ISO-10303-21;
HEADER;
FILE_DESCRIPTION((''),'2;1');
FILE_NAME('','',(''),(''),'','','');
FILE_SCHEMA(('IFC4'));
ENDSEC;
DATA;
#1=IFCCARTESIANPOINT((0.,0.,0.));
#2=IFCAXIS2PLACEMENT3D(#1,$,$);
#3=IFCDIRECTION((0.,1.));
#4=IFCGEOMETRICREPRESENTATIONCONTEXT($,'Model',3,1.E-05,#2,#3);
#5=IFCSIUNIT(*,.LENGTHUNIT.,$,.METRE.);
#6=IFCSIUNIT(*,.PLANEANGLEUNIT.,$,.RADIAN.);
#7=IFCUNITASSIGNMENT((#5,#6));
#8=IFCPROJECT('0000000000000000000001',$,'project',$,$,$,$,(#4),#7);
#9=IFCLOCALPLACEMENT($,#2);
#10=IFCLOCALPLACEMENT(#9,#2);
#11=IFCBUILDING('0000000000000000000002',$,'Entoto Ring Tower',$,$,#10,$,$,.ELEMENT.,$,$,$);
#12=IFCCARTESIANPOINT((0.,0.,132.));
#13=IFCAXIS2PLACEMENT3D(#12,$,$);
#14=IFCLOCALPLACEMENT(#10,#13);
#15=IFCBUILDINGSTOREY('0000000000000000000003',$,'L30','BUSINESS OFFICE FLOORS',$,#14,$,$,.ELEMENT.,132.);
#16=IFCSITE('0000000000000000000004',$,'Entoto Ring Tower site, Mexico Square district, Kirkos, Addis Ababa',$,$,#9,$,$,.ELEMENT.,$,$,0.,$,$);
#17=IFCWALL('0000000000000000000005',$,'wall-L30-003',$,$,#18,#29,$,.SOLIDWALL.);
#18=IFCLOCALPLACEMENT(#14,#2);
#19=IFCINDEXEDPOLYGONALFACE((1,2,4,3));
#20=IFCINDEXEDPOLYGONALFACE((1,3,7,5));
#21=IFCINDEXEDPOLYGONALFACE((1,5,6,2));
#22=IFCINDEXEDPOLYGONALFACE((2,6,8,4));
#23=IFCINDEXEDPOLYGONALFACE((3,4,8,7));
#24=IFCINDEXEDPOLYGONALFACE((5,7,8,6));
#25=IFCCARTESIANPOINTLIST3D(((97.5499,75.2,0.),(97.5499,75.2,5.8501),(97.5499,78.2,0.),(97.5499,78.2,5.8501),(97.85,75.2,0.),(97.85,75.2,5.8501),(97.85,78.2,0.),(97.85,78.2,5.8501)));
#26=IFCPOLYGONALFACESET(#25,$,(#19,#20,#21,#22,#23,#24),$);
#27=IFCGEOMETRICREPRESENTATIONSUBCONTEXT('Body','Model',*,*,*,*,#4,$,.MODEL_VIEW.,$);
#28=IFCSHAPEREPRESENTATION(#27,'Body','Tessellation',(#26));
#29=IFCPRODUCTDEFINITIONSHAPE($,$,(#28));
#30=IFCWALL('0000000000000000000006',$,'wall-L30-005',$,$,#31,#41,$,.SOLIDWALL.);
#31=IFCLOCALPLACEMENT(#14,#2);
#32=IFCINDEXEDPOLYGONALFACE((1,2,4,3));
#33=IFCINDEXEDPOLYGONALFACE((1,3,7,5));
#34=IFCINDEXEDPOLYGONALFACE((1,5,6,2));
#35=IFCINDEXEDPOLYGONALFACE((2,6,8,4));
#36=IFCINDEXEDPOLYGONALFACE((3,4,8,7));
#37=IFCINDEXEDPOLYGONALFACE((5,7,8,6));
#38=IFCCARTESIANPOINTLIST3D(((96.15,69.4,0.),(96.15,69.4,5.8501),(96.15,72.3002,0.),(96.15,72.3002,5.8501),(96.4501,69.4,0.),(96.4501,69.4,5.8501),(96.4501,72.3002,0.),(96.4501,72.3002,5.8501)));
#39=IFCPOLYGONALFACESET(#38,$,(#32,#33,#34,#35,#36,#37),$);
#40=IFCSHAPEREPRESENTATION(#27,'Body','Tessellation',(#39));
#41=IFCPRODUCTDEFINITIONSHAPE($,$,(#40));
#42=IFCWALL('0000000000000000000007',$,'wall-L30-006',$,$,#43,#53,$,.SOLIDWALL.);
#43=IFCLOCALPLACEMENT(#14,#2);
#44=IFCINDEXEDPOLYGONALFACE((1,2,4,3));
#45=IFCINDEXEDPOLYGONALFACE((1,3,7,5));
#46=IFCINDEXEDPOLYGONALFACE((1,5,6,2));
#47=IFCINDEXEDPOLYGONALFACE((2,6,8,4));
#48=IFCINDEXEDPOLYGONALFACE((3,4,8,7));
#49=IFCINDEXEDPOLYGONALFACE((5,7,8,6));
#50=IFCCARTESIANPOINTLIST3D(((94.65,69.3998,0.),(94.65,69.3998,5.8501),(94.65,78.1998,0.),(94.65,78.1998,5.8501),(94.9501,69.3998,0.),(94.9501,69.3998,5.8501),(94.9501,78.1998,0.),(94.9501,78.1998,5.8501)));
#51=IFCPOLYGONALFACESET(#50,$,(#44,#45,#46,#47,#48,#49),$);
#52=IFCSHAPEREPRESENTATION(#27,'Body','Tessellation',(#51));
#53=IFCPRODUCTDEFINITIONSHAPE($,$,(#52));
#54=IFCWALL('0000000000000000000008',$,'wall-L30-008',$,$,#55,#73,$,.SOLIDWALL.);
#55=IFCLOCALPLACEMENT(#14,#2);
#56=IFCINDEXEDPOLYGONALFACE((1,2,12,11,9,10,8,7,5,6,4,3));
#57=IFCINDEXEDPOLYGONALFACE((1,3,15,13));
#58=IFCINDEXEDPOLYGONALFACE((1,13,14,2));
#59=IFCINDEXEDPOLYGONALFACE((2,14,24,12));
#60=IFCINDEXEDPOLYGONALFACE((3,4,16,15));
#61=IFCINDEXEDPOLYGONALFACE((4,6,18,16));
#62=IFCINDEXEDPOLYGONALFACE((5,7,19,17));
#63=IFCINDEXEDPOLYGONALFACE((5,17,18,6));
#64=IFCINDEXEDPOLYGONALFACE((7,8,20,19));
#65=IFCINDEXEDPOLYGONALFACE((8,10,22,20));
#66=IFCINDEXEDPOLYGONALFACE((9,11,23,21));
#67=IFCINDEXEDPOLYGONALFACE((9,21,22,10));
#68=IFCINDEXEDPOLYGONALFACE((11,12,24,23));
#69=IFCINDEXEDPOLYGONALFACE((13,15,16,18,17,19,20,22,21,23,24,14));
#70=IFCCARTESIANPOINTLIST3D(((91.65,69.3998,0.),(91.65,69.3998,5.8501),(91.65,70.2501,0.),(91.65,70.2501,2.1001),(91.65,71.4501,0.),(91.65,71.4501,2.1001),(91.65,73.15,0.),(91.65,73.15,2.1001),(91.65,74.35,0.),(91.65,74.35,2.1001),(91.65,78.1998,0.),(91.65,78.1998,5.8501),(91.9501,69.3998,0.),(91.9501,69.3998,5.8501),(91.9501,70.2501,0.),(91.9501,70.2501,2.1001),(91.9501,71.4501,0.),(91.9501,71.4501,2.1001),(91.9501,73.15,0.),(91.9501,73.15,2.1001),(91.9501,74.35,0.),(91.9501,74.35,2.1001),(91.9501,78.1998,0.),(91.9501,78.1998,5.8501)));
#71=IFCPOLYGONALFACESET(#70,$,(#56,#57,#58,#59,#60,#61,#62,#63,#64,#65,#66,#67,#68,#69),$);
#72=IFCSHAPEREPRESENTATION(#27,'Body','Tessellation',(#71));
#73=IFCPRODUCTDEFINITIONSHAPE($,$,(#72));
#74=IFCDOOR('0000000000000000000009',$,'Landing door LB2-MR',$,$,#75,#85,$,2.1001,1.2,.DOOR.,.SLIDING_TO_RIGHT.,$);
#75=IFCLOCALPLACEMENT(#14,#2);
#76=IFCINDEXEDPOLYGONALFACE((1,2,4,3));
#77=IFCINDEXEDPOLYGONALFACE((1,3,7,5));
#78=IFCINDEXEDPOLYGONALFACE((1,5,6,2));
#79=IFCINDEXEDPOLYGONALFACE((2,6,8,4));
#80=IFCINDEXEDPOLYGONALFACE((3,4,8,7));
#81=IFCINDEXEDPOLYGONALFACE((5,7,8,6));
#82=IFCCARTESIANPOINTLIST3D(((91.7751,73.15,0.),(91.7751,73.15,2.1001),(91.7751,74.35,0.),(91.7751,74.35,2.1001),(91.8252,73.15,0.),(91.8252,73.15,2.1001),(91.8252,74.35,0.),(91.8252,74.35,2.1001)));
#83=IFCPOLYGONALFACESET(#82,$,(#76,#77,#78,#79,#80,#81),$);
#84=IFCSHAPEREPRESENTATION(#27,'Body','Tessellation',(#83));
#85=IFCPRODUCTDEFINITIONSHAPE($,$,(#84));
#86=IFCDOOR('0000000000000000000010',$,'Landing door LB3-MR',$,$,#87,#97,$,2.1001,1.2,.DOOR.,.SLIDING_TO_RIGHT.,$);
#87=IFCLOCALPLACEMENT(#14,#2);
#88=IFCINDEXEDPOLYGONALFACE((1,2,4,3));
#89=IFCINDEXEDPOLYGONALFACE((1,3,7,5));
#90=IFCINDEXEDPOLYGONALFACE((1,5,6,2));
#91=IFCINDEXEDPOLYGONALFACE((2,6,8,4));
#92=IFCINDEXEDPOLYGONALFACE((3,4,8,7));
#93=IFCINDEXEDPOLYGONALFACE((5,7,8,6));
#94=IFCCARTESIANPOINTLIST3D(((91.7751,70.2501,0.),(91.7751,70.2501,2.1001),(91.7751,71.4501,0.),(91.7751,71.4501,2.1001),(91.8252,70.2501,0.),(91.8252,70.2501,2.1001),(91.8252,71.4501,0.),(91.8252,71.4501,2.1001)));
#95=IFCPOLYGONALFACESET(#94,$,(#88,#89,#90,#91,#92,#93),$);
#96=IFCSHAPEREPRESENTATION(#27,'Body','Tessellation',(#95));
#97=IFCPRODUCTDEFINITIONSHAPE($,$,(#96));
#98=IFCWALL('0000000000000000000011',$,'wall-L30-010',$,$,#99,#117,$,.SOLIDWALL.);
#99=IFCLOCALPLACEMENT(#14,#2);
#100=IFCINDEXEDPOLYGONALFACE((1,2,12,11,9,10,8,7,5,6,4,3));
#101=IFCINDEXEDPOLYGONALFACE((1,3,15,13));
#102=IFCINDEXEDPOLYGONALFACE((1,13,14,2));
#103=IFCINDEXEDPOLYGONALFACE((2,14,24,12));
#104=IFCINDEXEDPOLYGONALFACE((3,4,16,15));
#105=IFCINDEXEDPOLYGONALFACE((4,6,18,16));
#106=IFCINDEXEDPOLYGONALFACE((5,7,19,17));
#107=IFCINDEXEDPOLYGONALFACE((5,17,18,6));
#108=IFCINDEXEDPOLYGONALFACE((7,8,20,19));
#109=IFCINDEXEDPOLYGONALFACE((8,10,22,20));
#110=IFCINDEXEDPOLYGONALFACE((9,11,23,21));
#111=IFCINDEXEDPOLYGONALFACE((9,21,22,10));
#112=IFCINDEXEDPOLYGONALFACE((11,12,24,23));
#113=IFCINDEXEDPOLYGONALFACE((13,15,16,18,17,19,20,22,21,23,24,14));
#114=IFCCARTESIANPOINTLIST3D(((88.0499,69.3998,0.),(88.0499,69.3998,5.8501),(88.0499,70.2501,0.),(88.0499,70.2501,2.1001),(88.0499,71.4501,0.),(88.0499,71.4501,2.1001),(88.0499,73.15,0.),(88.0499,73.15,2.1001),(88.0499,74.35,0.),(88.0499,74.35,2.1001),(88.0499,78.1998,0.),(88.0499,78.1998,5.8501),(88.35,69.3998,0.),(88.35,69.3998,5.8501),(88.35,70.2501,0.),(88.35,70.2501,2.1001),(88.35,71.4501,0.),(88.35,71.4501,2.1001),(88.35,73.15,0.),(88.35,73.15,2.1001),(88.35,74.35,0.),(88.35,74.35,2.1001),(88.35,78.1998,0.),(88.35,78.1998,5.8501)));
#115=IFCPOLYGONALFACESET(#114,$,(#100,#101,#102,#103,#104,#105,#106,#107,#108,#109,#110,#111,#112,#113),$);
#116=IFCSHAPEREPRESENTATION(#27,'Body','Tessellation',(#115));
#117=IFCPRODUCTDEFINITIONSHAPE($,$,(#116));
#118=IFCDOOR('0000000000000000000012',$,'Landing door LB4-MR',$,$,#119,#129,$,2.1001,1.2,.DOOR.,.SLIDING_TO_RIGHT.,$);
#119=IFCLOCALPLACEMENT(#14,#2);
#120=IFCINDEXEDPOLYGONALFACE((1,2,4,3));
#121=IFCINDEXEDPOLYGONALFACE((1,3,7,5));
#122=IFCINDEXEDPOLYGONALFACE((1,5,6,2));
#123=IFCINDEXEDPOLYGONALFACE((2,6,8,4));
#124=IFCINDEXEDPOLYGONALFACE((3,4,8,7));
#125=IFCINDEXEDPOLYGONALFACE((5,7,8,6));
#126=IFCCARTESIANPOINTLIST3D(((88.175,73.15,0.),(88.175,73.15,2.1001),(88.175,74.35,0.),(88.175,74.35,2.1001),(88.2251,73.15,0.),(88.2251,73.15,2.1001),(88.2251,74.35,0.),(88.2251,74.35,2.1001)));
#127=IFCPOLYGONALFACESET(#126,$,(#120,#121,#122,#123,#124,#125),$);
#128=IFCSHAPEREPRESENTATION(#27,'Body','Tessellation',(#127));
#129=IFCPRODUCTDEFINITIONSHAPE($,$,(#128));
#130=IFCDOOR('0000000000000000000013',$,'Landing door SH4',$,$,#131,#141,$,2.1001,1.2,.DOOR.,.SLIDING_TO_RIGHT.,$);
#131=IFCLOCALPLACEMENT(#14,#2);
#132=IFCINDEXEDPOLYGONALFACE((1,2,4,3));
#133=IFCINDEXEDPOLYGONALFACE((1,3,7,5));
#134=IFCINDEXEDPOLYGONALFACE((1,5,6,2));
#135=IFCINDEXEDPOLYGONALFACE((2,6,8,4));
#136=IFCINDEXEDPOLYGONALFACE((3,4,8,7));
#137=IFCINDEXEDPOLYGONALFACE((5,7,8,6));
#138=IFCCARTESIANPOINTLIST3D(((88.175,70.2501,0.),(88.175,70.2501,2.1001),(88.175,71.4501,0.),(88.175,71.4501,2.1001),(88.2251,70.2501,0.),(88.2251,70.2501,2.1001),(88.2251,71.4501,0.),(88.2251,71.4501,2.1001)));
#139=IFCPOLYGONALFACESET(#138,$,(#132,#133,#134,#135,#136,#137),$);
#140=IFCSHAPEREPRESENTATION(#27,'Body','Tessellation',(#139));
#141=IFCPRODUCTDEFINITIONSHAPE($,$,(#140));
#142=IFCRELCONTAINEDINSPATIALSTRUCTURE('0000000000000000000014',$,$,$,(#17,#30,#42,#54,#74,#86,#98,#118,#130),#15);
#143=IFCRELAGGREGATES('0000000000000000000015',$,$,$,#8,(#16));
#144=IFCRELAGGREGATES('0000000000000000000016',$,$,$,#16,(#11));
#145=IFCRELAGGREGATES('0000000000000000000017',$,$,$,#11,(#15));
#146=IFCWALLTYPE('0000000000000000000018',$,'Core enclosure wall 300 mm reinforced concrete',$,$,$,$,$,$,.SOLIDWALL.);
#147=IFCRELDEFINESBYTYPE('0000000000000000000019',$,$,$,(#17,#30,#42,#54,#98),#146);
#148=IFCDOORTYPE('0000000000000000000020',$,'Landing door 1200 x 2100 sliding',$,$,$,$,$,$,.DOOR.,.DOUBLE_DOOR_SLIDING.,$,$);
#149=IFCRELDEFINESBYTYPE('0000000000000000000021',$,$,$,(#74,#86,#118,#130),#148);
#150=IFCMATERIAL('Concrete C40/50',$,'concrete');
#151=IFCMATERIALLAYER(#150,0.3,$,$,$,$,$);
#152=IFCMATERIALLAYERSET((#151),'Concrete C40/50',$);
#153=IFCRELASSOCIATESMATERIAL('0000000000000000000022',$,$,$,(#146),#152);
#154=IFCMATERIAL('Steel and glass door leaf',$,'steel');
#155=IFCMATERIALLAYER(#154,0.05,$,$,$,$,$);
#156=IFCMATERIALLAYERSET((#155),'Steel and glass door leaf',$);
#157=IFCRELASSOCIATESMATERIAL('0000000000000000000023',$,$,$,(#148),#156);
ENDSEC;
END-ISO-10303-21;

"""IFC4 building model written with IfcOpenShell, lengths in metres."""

from ifc_helpers import new_model, si_unit, direction, frame, frame_2d, origin, place, context, subcontext, project, spatial, rectangle, extrude, material, layer, layer_set, type_object, element, fill, save


model = new_model("IFC4")

# Units and contexts
model_context = context("Model", 3, precision=1e-05, world=origin(), true_north=direction((0.0, 1.0)))
body_context = subcontext(model_context, "Body", "Model", "MODEL_VIEW")
ifc_project = project(units=[si_unit("LENGTHUNIT", "METRE"), si_unit("PLANEANGLEUNIT", "RADIAN")], contexts=[model_context])

# Site, building, storey
site_placement = place(None, origin())
site = spatial("IfcSite", under=ifc_project, at=site_placement, Name="Entoto Ring Tower site, Mexico Square district, Kirkos, Addis Ababa", CompositionType="ELEMENT", RefElevation=0.0)
building_placement = place(site_placement, origin())
building = spatial("IfcBuilding", under=site, at=building_placement, Name="Entoto Ring Tower", CompositionType="ELEMENT")
storey_placement = place(building_placement, frame((0.0, 0.0, 132.0)))
storey = spatial("IfcBuildingStorey", under=building, at=storey_placement, Name="L30", Description="BUSINESS OFFICE FLOORS", CompositionType="ELEMENT", Elevation=132.0)

# Walls
ifc_material_1 = material(Name="Concrete C40/50", Category="concrete")
ifc_layer_1 = layer(ifc_material_1, 0.3)
ifc_layer_set_1 = layer_set([ifc_layer_1], Name="Concrete C40/50")
wall_type = type_object("IfcWallType", Name="Core enclosure wall 300 mm reinforced concrete", PredefinedType="SOLIDWALL", material=ifc_layer_set_1)
wall_1_placement = place(storey_placement, frame((97.7, 75.2, 0.0), z_axis=(0.0, 0.0, 1.0), x_axis=(0.0, 1.0, 0.0)))
element("IfcWall", 1, at=wall_1_placement, inside=storey, type_object=wall_type, Name="wall-L30-003", PredefinedType="SOLIDWALL", context=body_context, shape_type="SweptSolid", body=[
    extrude(rectangle(XDim=3.0, YDim=0.3, at=frame_2d((1.5, 0.0))), origin(), (0.0, 0.0, 1.0), 5.8501),
])
wall_2_placement = place(storey_placement, frame((96.3, 69.3999, 0.0), z_axis=(0.0, 0.0, 1.0), x_axis=(0.0, 1.0, 0.0)))
element("IfcWall", 2, at=wall_2_placement, inside=storey, type_object=wall_type, Name="wall-L30-005", PredefinedType="SOLIDWALL", context=body_context, shape_type="SweptSolid", body=[
    extrude(rectangle(XDim=2.9001, YDim=0.3, at=frame_2d((1.4502, 0.0))), origin(), (0.0, 0.0, 1.0), 5.8501),
])
wall_3_placement = place(storey_placement, frame((94.8, 69.3999, 0.0), z_axis=(0.0, 0.0, 1.0), x_axis=(0.0, 1.0, 0.0)))
element("IfcWall", 3, at=wall_3_placement, inside=storey, type_object=wall_type, Name="wall-L30-006", PredefinedType="SOLIDWALL", context=body_context, shape_type="SweptSolid", body=[
    extrude(rectangle(XDim=8.8, YDim=0.3, at=frame_2d((4.3999, 0.0))), origin(), (0.0, 0.0, 1.0), 5.8501),
])

# Walls, openings, doors
wall_4_placement = place(storey_placement, frame((91.8, 69.3999, 0.0), z_axis=(0.0, 0.0, 1.0), x_axis=(0.0, 1.0, 0.0)))
wall_4 = element("IfcWall", 4, at=wall_4_placement, inside=storey, type_object=wall_type, Name="wall-L30-008", PredefinedType="SOLIDWALL", context=body_context, shape_type="SweptSolid", body=[
    extrude(rectangle(XDim=8.8, YDim=0.3, at=frame_2d((4.3999, 0.0))), origin(), (0.0, 0.0, 1.0), 5.8501),
])
opening_1_placement = place(wall_4_placement, frame((3.75, 0.0, 0.0)))
opening_1 = element("IfcOpeningElement", 5, at=opening_1_placement, cuts=wall_4, PredefinedType="OPENING", context=body_context, shape_type="SweptSolid", body=[
    extrude(rectangle(XDim=1.2, YDim=2.1001, at=frame_2d((0.6001, 1.05))), frame((0.0, 0.1602, 0.0), z_axis=(0.0, -1.0, 0.0), x_axis=(1.0, 0.0, 0.0)), (0.0, 0.0, 1.0), 0.3201),
])
opening_2_placement = place(wall_4_placement, frame((0.8501, 0.0, 0.0)))
opening_2 = element("IfcOpeningElement", 6, at=opening_2_placement, cuts=wall_4, PredefinedType="OPENING", context=body_context, shape_type="SweptSolid", body=[
    extrude(rectangle(XDim=1.2, YDim=2.1001, at=frame_2d((0.6001, 1.05))), frame((0.0, 0.1602, 0.0), z_axis=(0.0, -1.0, 0.0), x_axis=(1.0, 0.0, 0.0)), (0.0, 0.0, 1.0), 0.3201),
])
ifc_material_2 = material(Name="Steel and glass door leaf", Category="steel")
ifc_layer_2 = layer(ifc_material_2, 0.05)
ifc_layer_set_2 = layer_set([ifc_layer_2], Name="Steel and glass door leaf")
door_type_1 = type_object("IfcDoorType", Name="Landing door 1200 x 2100 sliding", OperationType="DOUBLE_DOOR_SLIDING", PredefinedType="DOOR", material=ifc_layer_set_2)
door_1_placement = place(opening_1_placement, origin())
door_1 = element("IfcDoor", 7, at=door_1_placement, inside=storey, type_object=door_type_1, Name="Landing door LB2-MR", OperationType="SLIDING_TO_RIGHT", OverallHeight=2.1001, OverallWidth=1.2, PredefinedType="DOOR", context=body_context, shape_type="SweptSolid", body=[
    extrude(rectangle(XDim=1.2, YDim=2.1001, at=frame_2d((0.6001, 1.05))), frame((0.0, 0.0249, 0.0), z_axis=(0.0, -1.0, 0.0), x_axis=(1.0, 0.0, 0.0)), (0.0, 0.0, 1.0), 0.05),
])
fill(opening_1, door_1)
door_2_placement = place(opening_2_placement, origin())
door_2 = element("IfcDoor", 8, at=door_2_placement, inside=storey, type_object=door_type_1, Name="Landing door LB3-MR", OperationType="SLIDING_TO_RIGHT", OverallHeight=2.1001, OverallWidth=1.2, PredefinedType="DOOR", context=body_context, shape_type="SweptSolid", body=[
    extrude(rectangle(XDim=1.2, YDim=2.1001, at=frame_2d((0.6001, 1.05))), frame((0.0, 0.0249, 0.0), z_axis=(0.0, -1.0, 0.0), x_axis=(1.0, 0.0, 0.0)), (0.0, 0.0, 1.0), 0.05),
])
fill(opening_2, door_2)
wall_5_placement = place(storey_placement, frame((88.2, 69.3999, 0.0), z_axis=(0.0, 0.0, 1.0), x_axis=(0.0, 1.0, 0.0)))
wall_5 = element("IfcWall", 9, at=wall_5_placement, inside=storey, type_object=wall_type, Name="wall-L30-010", PredefinedType="SOLIDWALL", context=body_context, shape_type="SweptSolid", body=[
    extrude(rectangle(XDim=8.8, YDim=0.3, at=frame_2d((4.3999, 0.0))), origin(), (0.0, 0.0, 1.0), 5.8501),
])
opening_3_placement = place(wall_5_placement, frame((3.75, 0.0, 0.0)))
opening_3 = element("IfcOpeningElement", 10, at=opening_3_placement, cuts=wall_5, PredefinedType="OPENING", context=body_context, shape_type="SweptSolid", body=[
    extrude(rectangle(XDim=1.2, YDim=2.1001, at=frame_2d((0.6001, 1.05))), frame((0.0, 0.1602, 0.0), z_axis=(0.0, -1.0, 0.0), x_axis=(1.0, 0.0, 0.0)), (0.0, 0.0, 1.0), 0.3201),
])
opening_4_placement = place(wall_5_placement, frame((0.8501, 0.0, 0.0)))
opening_4 = element("IfcOpeningElement", 11, at=opening_4_placement, cuts=wall_5, PredefinedType="OPENING", context=body_context, shape_type="SweptSolid", body=[
    extrude(rectangle(XDim=1.2, YDim=2.1001, at=frame_2d((0.6001, 1.05))), frame((0.0, 0.1602, 0.0), z_axis=(0.0, -1.0, 0.0), x_axis=(1.0, 0.0, 0.0)), (0.0, 0.0, 1.0), 0.3201),
])
door_3_placement = place(opening_3_placement, origin())
door_3 = element("IfcDoor", 12, at=door_3_placement, inside=storey, type_object=door_type_1, Name="Landing door LB4-MR", OperationType="SLIDING_TO_RIGHT", OverallHeight=2.1001, OverallWidth=1.2, PredefinedType="DOOR", context=body_context, shape_type="SweptSolid", body=[
    extrude(rectangle(XDim=1.2, YDim=2.1001, at=frame_2d((0.6001, 1.05))), frame((0.0, 0.0249, 0.0), z_axis=(0.0, -1.0, 0.0), x_axis=(1.0, 0.0, 0.0)), (0.0, 0.0, 1.0), 0.05),
])
fill(opening_3, door_3)
door_4_placement = place(opening_4_placement, origin())
door_4 = element("IfcDoor", 13, at=door_4_placement, inside=storey, type_object=door_type_1, Name="Landing door SH4", OperationType="SLIDING_TO_RIGHT", OverallHeight=2.1001, OverallWidth=1.2, PredefinedType="DOOR", context=body_context, shape_type="SweptSolid", body=[
    extrude(rectangle(XDim=1.2, YDim=2.1001, at=frame_2d((0.6001, 1.05))), frame((0.0, 0.0249, 0.0), z_axis=(0.0, -1.0, 0.0), x_axis=(1.0, 0.0, 0.0)), (0.0, 0.0, 1.0), 0.05),
])
fill(opening_4, door_4)

save(model, "model.ifc")
